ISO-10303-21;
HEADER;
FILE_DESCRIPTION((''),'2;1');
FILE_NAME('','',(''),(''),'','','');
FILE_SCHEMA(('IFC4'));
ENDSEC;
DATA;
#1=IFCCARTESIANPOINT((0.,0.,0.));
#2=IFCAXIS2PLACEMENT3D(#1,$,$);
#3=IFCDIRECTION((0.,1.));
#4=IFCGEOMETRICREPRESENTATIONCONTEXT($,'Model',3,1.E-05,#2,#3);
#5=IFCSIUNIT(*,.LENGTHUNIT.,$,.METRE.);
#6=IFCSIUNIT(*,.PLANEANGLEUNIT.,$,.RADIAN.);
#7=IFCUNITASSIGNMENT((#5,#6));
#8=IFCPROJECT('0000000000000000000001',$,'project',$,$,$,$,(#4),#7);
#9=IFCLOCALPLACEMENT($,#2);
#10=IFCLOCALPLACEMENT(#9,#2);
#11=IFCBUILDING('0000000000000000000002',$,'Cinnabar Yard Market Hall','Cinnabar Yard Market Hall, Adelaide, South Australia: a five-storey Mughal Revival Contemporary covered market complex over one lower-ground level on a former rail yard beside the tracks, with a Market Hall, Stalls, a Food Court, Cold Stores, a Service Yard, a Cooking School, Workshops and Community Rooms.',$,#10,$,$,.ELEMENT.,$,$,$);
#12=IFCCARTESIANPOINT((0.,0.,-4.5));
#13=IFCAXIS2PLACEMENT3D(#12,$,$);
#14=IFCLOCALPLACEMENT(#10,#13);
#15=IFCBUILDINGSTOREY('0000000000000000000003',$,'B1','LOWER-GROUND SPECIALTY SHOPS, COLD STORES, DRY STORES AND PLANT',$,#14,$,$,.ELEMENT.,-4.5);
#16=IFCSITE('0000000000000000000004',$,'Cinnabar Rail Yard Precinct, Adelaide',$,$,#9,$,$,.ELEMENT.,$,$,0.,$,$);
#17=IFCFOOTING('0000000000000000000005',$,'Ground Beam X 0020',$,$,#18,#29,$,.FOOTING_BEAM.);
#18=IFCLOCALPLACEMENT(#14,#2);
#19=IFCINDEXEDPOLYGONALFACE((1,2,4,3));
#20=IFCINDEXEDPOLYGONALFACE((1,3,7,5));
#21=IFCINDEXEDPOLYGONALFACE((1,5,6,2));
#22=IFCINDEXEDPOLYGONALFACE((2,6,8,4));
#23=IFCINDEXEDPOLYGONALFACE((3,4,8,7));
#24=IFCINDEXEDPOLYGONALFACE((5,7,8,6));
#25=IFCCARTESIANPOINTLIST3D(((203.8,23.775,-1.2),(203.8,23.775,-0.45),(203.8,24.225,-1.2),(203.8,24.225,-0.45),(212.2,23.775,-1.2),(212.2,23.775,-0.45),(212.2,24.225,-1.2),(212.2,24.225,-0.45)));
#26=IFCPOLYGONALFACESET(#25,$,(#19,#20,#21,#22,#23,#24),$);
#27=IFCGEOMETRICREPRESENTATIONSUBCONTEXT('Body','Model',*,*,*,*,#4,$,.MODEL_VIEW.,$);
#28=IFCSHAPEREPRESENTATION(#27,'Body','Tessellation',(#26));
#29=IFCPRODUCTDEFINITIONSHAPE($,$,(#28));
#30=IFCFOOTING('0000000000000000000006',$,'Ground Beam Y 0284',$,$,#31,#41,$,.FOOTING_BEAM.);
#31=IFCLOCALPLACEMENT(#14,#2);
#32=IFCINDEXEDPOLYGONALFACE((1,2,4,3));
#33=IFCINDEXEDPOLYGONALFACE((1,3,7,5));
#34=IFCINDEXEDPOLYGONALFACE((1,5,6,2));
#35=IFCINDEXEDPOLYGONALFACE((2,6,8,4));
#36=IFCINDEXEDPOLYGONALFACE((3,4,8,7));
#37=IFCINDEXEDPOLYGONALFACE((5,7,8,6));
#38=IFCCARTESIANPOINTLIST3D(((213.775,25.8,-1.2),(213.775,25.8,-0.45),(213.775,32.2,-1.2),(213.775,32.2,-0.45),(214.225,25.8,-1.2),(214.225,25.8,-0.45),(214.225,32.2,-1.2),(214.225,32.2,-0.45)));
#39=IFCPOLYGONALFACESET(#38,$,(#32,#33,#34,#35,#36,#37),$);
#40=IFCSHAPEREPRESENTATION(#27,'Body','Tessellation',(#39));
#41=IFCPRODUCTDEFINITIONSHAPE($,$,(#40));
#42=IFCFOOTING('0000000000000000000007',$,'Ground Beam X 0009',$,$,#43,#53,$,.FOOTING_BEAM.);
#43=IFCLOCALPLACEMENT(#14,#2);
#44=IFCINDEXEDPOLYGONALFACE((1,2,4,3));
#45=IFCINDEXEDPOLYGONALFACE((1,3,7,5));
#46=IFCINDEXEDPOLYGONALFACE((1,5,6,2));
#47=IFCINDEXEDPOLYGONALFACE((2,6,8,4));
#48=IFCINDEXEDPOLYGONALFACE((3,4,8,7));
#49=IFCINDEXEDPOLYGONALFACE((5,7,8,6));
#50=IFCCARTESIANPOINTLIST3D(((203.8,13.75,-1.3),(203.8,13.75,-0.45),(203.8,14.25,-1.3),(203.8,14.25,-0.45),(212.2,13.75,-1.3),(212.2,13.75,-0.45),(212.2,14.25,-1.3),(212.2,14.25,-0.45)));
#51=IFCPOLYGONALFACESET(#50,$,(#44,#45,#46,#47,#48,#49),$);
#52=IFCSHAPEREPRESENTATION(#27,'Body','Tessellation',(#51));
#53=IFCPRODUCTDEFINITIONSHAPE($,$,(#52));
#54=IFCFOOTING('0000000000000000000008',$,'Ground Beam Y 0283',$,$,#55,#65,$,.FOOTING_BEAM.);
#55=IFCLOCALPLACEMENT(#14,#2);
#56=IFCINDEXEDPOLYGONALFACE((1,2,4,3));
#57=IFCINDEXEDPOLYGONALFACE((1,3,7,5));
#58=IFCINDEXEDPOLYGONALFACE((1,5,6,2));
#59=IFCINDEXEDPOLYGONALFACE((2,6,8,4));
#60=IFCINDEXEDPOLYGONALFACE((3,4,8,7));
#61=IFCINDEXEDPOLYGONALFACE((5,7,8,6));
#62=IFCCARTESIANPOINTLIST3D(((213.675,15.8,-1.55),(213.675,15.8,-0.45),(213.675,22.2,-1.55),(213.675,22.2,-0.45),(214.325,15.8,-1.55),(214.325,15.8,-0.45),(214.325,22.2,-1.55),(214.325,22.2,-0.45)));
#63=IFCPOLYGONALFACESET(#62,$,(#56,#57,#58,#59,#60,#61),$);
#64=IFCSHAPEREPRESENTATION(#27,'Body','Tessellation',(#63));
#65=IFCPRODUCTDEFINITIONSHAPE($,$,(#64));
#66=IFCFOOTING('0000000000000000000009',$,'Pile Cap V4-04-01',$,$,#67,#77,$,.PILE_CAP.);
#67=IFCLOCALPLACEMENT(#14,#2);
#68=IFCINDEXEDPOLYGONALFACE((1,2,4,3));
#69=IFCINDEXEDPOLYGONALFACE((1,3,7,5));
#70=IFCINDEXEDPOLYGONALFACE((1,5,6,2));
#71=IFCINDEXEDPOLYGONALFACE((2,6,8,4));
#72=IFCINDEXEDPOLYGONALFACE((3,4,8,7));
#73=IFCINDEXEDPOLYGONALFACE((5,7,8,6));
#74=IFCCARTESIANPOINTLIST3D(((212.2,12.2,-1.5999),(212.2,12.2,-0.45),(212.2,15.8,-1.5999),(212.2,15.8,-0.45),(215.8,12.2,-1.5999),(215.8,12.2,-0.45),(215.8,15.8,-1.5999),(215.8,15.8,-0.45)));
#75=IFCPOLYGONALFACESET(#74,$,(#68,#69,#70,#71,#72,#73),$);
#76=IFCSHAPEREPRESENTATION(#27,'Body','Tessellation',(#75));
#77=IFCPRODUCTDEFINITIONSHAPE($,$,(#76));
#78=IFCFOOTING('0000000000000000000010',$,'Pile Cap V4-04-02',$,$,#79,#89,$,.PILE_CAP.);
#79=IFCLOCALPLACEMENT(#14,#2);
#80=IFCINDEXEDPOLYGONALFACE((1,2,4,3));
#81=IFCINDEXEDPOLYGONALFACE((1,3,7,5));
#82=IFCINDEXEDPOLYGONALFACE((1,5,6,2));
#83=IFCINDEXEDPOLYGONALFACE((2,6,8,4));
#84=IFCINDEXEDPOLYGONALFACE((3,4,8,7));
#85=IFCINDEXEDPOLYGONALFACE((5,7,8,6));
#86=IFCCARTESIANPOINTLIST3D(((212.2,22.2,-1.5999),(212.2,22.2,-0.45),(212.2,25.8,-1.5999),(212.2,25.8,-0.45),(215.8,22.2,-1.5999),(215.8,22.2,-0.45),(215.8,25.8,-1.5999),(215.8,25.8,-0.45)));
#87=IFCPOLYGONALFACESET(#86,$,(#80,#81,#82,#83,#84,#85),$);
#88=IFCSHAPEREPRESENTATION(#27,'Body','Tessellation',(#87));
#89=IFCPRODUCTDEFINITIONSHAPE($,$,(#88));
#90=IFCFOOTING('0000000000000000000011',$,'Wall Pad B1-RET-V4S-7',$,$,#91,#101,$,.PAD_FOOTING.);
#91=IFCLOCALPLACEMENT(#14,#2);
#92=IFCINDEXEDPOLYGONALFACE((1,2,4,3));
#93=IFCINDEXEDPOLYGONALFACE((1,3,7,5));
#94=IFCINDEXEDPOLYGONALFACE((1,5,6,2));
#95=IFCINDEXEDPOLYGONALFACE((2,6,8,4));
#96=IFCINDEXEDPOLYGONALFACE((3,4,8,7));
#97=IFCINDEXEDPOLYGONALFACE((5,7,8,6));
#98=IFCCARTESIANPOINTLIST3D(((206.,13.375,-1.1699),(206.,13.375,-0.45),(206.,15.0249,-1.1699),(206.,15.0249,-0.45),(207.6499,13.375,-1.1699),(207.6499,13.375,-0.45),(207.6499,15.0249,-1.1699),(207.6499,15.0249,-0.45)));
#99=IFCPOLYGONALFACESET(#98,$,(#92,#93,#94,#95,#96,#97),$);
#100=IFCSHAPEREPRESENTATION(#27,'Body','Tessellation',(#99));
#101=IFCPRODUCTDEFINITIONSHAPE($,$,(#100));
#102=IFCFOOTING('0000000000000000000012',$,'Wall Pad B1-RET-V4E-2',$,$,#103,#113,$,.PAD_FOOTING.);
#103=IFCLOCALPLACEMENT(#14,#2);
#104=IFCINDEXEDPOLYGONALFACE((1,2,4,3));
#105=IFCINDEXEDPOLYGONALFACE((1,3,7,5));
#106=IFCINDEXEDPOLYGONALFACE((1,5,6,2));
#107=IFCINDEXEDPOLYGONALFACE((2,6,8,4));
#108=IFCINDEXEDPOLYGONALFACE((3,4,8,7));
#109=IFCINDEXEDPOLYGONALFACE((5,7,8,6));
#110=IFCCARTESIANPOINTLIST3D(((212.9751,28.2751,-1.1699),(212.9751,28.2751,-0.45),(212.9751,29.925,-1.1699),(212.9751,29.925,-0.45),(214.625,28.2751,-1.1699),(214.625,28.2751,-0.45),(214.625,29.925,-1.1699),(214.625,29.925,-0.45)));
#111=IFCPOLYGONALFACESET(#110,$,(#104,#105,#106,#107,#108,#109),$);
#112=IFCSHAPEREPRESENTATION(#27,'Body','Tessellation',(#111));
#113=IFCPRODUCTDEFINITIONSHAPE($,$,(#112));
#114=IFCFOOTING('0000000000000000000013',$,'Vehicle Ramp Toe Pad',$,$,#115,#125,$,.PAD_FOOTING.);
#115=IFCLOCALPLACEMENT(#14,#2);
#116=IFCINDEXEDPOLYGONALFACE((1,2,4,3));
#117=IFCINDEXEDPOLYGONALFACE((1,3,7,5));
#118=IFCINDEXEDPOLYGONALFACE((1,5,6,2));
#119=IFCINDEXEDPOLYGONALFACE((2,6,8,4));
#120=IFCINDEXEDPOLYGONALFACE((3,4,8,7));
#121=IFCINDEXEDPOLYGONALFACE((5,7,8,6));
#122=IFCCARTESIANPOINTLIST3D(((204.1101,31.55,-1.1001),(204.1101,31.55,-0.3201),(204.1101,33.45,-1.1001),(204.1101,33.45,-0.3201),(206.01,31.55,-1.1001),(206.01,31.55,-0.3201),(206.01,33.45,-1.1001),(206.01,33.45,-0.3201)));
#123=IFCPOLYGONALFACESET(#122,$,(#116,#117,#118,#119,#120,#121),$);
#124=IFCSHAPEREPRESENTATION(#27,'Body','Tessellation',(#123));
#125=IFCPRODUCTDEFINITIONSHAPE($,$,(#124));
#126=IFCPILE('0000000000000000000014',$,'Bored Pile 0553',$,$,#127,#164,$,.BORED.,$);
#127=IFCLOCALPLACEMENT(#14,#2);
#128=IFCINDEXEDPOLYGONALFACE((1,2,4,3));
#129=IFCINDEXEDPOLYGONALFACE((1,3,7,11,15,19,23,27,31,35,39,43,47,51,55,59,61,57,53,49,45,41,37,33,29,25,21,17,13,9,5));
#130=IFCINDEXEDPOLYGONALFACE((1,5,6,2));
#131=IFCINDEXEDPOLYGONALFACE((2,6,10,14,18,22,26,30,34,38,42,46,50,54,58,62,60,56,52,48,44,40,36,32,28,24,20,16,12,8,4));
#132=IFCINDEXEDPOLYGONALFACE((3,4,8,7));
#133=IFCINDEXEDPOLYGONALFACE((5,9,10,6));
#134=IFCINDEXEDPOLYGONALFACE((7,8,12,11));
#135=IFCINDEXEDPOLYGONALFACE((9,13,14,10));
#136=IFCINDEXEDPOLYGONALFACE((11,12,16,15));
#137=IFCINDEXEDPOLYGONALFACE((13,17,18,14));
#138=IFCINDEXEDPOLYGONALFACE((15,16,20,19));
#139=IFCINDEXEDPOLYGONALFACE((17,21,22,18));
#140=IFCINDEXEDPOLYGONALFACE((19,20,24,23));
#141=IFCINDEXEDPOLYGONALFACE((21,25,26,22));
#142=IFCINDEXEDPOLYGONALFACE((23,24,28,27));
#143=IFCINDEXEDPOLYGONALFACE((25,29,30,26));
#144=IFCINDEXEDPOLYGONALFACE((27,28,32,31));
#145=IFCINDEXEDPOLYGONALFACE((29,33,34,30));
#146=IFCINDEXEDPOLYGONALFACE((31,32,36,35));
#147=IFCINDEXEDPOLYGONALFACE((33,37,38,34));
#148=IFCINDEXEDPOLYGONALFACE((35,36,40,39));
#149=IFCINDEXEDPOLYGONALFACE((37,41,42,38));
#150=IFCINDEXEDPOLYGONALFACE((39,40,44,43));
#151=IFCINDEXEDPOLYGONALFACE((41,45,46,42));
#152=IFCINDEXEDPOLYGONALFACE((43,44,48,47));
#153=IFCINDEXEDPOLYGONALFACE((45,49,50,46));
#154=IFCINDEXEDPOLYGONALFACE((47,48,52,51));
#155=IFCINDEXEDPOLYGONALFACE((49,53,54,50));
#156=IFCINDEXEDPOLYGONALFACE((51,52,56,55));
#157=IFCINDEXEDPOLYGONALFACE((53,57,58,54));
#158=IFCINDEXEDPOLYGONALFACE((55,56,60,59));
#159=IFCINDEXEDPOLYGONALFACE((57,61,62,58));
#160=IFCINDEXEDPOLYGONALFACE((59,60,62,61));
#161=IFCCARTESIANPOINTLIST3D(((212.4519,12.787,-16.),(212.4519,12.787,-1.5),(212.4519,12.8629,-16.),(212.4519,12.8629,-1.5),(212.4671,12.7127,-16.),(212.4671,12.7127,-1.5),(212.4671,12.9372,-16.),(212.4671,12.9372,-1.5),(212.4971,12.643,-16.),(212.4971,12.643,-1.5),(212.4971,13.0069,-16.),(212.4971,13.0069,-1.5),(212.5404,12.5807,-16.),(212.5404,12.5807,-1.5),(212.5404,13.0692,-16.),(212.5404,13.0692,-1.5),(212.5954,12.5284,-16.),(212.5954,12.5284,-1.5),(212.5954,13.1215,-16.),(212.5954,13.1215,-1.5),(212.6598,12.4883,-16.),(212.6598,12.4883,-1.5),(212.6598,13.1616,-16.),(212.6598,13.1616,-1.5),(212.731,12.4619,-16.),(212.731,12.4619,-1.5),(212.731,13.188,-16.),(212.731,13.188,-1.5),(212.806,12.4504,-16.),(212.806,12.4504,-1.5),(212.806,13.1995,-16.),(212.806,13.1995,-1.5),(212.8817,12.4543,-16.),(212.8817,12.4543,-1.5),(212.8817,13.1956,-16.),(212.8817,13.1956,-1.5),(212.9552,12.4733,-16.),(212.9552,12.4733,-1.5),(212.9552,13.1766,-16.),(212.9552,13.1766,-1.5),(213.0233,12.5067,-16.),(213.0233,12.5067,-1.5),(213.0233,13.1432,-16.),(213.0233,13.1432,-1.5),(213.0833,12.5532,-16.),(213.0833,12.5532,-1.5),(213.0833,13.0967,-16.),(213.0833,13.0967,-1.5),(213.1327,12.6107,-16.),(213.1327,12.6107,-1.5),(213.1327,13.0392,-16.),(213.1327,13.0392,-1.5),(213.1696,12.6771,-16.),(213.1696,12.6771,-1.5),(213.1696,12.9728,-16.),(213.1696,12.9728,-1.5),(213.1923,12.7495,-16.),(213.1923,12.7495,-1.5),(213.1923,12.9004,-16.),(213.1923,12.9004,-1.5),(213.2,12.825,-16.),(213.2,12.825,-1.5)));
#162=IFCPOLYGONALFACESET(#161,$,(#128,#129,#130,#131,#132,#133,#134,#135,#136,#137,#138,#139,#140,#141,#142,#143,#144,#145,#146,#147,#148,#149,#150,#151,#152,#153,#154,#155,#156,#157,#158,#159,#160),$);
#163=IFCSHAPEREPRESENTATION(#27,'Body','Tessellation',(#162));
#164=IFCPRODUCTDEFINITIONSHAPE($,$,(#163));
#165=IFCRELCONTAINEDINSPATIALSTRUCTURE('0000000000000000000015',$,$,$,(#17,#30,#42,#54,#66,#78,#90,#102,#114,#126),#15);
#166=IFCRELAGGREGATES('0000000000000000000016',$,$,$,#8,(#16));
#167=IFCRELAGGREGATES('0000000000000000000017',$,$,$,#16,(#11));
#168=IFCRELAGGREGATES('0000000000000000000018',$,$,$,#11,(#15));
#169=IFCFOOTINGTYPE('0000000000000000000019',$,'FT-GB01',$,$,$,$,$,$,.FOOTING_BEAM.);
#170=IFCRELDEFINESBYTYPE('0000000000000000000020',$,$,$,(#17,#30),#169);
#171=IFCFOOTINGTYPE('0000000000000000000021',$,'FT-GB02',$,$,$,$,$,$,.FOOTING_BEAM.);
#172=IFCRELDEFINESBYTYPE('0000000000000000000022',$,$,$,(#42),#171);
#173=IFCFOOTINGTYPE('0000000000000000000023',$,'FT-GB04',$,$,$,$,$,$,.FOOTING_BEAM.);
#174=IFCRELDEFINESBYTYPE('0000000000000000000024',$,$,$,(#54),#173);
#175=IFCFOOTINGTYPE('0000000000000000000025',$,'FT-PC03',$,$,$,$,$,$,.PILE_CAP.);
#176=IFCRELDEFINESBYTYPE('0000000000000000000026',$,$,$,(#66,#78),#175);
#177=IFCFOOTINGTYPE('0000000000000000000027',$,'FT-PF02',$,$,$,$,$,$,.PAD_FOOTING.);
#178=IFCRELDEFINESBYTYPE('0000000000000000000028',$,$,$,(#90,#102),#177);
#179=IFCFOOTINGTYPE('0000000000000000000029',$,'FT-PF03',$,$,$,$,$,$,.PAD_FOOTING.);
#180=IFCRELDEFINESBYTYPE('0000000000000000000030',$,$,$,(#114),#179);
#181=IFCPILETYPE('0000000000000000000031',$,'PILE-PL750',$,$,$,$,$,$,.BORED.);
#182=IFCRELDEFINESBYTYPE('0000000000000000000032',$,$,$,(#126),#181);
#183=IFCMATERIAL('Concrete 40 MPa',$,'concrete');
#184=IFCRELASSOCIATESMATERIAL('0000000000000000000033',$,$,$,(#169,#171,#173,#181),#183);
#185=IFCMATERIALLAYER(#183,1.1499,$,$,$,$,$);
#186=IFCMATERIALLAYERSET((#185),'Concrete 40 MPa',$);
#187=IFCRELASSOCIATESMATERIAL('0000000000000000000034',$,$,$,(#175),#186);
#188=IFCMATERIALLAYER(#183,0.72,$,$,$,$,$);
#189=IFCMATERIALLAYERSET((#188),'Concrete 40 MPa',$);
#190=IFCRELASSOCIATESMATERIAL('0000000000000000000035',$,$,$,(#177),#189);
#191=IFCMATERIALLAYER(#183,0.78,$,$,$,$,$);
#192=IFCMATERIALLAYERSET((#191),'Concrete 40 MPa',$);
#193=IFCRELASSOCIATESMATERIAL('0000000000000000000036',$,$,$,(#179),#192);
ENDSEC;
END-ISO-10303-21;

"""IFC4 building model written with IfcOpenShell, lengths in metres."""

from ifc_helpers import new_model, si_unit, direction, frame, origin, origin_2d_with_axis, place, context, subcontext, project, spatial, rectangle, circle, extrude, material, layer, layer_set, material_profile, profile_set, type_object, element, save


model = new_model("IFC4")

# Units and contexts
model_context = context("Model", 3, precision=1e-05, world=origin(), true_north=direction((0.0, 1.0)))
body_context = subcontext(model_context, "Body", "Model", "MODEL_VIEW")
ifc_project = project(units=[si_unit("LENGTHUNIT", "METRE"), si_unit("PLANEANGLEUNIT", "RADIAN")], contexts=[model_context])

# Site, building, storey
site_placement = place(None, origin())
site = spatial("IfcSite", under=ifc_project, at=site_placement, Name="Cinnabar Rail Yard Precinct, Adelaide", CompositionType="ELEMENT", RefElevation=0.0)
building_placement = place(site_placement, origin())
building = spatial("IfcBuilding", under=site, at=building_placement, Name="Cinnabar Yard Market Hall", Description="Cinnabar Yard Market Hall, Adelaide, South Australia: a five-storey Mughal Revival Contemporary covered market complex over one lower-ground level on a former rail yard beside the tracks, with a Market Hall, Stalls, a Food Court, Cold Stores, a Service Yard, a Cooking School, Workshops and Community Rooms.", CompositionType="ELEMENT")
storey_placement = place(building_placement, frame((0.0, 0.0, -4.5)))
storey = spatial("IfcBuildingStorey", under=building, at=storey_placement, Name="B1", Description="LOWER-GROUND SPECIALTY SHOPS, COLD STORES, DRY STORES AND PLANT", CompositionType="ELEMENT", Elevation=-4.5)

# Footings
ifc_material_1 = material(Name="Concrete 40 MPa", Category="concrete")
ifc_material_profile_1 = material_profile(ifc_material_1, rectangle(XDim=0.45, YDim=0.75, at=origin_2d_with_axis()), Name="GB-450x750")
ifc_profile_set_1 = profile_set([ifc_material_profile_1], Name="Concrete 40 MPa")
footing_type_1 = type_object("IfcFootingType", Name="FT-GB01", PredefinedType="FOOTING_BEAM", material=ifc_profile_set_1)
footing_1_placement = place(storey_placement, frame((203.8, 24.0, -0.825), z_axis=(1.0, 0.0, 0.0), x_axis=(0.0, 1.0, 0.0)))
element("IfcFooting", 1, at=footing_1_placement, inside=storey, type_object=footing_type_1, Name="Ground Beam X 0020", PredefinedType="FOOTING_BEAM", context=body_context, shape_type="SweptSolid", body=[
    extrude(rectangle(XDim=0.45, YDim=0.75, at=origin_2d_with_axis()), origin(), (0.0, 0.0, 1.0), 8.3999),
])
footing_2_placement = place(storey_placement, frame((214.0, 25.8, -0.825), z_axis=(0.0, 1.0, 0.0), x_axis=(-1.0, 0.0, 0.0)))
element("IfcFooting", 2, at=footing_2_placement, inside=storey, type_object=footing_type_1, Name="Ground Beam Y 0284", PredefinedType="FOOTING_BEAM", context=body_context, shape_type="SweptSolid", body=[
    extrude(rectangle(XDim=0.45, YDim=0.75, at=origin_2d_with_axis()), origin(), (0.0, 0.0, 1.0), 6.3999),
])
ifc_material_profile_2 = material_profile(ifc_material_1, rectangle(XDim=0.5, YDim=0.8501, at=origin_2d_with_axis()), Name="GB-500x850")
ifc_profile_set_2 = profile_set([ifc_material_profile_2], Name="Concrete 40 MPa")
footing_type_2 = type_object("IfcFootingType", Name="FT-GB02", PredefinedType="FOOTING_BEAM", material=ifc_profile_set_2)
footing_3_placement = place(storey_placement, frame((203.8, 14.0, -0.875), z_axis=(1.0, 0.0, 0.0), x_axis=(0.0, 1.0, 0.0)))
element("IfcFooting", 3, at=footing_3_placement, inside=storey, type_object=footing_type_2, Name="Ground Beam X 0009", PredefinedType="FOOTING_BEAM", context=body_context, shape_type="SweptSolid", body=[
    extrude(rectangle(XDim=0.5, YDim=0.8501, at=origin_2d_with_axis()), origin(), (0.0, 0.0, 1.0), 8.3999),
])
ifc_material_profile_3 = material_profile(ifc_material_1, rectangle(XDim=0.6499, YDim=1.1001, at=origin_2d_with_axis()), Name="GB-650x1100")
ifc_profile_set_3 = profile_set([ifc_material_profile_3], Name="Concrete 40 MPa")
footing_type_3 = type_object("IfcFootingType", Name="FT-GB04", PredefinedType="FOOTING_BEAM", material=ifc_profile_set_3)
footing_4_placement = place(storey_placement, frame((214.0, 15.8, -1.0), z_axis=(0.0, 1.0, 0.0), x_axis=(-1.0, 0.0, 0.0)))
element("IfcFooting", 4, at=footing_4_placement, inside=storey, type_object=footing_type_3, Name="Ground Beam Y 0283", PredefinedType="FOOTING_BEAM", context=body_context, shape_type="SweptSolid", body=[
    extrude(rectangle(XDim=0.6499, YDim=1.1001, at=origin_2d_with_axis()), origin(), (0.0, 0.0, 1.0), 6.3999),
])
ifc_layer_1 = layer(ifc_material_1, 1.1499)
ifc_layer_set_1 = layer_set([ifc_layer_1], Name="Concrete 40 MPa")
footing_type_4 = type_object("IfcFootingType", Name="FT-PC03", PredefinedType="PILE_CAP", material=ifc_layer_set_1)
for number, where, z_axis, x_axis, name in (
    (5, (214.0, 14.0, -1.5999), (0.0, 0.0, 1.0), (1.0, 0.0, 0.0), "Pile Cap V4-04-01"),
    (6, (214.0, 24.0, -1.5999), (0.0, 0.0, 1.0), (1.0, 0.0, 0.0), "Pile Cap V4-04-02"),
):
    element("IfcFooting", number, at=place(storey_placement, frame(where, z_axis=z_axis, x_axis=x_axis)), inside=storey, type_object=footing_type_4, Name=name, PredefinedType="PILE_CAP", context=body_context, shape_type="SweptSolid", body=[
        extrude(rectangle(XDim=3.6001, YDim=3.6001, at=origin_2d_with_axis()), origin(), (0.0, 0.0, 1.0), 1.1499),
    ])
ifc_layer_2 = layer(ifc_material_1, 0.72)
ifc_layer_set_2 = layer_set([ifc_layer_2], Name="Concrete 40 MPa")
footing_type_5 = type_object("IfcFootingType", Name="FT-PF02", PredefinedType="PAD_FOOTING", material=ifc_layer_set_2)
for number, where, z_axis, x_axis, name in (
    (7, (206.825, 14.2, -1.1699), (0.0, 0.0, 1.0), (1.0, 0.0, 0.0), "Wall Pad B1-RET-V4S-7"),
    (8, (213.8, 29.1001, -1.1699), (0.0, 0.0, 1.0), (1.0, 0.0, 0.0), "Wall Pad B1-RET-V4E-2"),
):
    element("IfcFooting", number, at=place(storey_placement, frame(where, z_axis=z_axis, x_axis=x_axis)), inside=storey, type_object=footing_type_5, Name=name, PredefinedType="PAD_FOOTING", context=body_context, shape_type="SweptSolid", body=[
        extrude(rectangle(XDim=1.6499, YDim=1.6499, at=origin_2d_with_axis()), origin(), (0.0, 0.0, 1.0), 0.72),
    ])
ifc_layer_3 = layer(ifc_material_1, 0.78)
ifc_layer_set_3 = layer_set([ifc_layer_3], Name="Concrete 40 MPa")
footing_type_6 = type_object("IfcFootingType", Name="FT-PF03", PredefinedType="PAD_FOOTING", material=ifc_layer_set_3)
footing_5_placement = place(storey_placement, frame((205.0601, 32.5, -1.1001), z_axis=(0.0, 0.0, 1.0), x_axis=(1.0, 0.0, 0.0)))
element("IfcFooting", 9, at=footing_5_placement, inside=storey, type_object=footing_type_6, Name="Vehicle Ramp Toe Pad", PredefinedType="PAD_FOOTING", context=body_context, shape_type="SweptSolid", body=[
    extrude(rectangle(XDim=1.8999, YDim=1.8999, at=origin_2d_with_axis()), origin(), (0.0, 0.0, 1.0), 0.78),
])

# Pile
ifc_material_profile_4 = material_profile(ifc_material_1, circle(Radius=0.375, at=origin_2d_with_axis()), Name="PILE-D750")
ifc_profile_set_4 = profile_set([ifc_material_profile_4], Name="Concrete 40 MPa")
pile_type = type_object("IfcPileType", Name="PILE-PL750", PredefinedType="BORED", material=ifc_profile_set_4)
for number, where, z_axis, x_axis, name in (
    (10, (212.825, 12.825, -1.5), (0.0, 0.0, -1.0), (1.0, 0.0, 0.0), "Bored Pile 0553"),
):
    element("IfcPile", number, at=place(storey_placement, frame(where, z_axis=z_axis, x_axis=x_axis)), inside=storey, type_object=pile_type, Name=name, PredefinedType="BORED", context=body_context, shape_type="SweptSolid", body=[
        extrude(circle(Radius=0.375, at=origin_2d_with_axis()), origin(), (0.0, 0.0, 1.0), 14.5),
    ])

save(model, "model.ifc")
